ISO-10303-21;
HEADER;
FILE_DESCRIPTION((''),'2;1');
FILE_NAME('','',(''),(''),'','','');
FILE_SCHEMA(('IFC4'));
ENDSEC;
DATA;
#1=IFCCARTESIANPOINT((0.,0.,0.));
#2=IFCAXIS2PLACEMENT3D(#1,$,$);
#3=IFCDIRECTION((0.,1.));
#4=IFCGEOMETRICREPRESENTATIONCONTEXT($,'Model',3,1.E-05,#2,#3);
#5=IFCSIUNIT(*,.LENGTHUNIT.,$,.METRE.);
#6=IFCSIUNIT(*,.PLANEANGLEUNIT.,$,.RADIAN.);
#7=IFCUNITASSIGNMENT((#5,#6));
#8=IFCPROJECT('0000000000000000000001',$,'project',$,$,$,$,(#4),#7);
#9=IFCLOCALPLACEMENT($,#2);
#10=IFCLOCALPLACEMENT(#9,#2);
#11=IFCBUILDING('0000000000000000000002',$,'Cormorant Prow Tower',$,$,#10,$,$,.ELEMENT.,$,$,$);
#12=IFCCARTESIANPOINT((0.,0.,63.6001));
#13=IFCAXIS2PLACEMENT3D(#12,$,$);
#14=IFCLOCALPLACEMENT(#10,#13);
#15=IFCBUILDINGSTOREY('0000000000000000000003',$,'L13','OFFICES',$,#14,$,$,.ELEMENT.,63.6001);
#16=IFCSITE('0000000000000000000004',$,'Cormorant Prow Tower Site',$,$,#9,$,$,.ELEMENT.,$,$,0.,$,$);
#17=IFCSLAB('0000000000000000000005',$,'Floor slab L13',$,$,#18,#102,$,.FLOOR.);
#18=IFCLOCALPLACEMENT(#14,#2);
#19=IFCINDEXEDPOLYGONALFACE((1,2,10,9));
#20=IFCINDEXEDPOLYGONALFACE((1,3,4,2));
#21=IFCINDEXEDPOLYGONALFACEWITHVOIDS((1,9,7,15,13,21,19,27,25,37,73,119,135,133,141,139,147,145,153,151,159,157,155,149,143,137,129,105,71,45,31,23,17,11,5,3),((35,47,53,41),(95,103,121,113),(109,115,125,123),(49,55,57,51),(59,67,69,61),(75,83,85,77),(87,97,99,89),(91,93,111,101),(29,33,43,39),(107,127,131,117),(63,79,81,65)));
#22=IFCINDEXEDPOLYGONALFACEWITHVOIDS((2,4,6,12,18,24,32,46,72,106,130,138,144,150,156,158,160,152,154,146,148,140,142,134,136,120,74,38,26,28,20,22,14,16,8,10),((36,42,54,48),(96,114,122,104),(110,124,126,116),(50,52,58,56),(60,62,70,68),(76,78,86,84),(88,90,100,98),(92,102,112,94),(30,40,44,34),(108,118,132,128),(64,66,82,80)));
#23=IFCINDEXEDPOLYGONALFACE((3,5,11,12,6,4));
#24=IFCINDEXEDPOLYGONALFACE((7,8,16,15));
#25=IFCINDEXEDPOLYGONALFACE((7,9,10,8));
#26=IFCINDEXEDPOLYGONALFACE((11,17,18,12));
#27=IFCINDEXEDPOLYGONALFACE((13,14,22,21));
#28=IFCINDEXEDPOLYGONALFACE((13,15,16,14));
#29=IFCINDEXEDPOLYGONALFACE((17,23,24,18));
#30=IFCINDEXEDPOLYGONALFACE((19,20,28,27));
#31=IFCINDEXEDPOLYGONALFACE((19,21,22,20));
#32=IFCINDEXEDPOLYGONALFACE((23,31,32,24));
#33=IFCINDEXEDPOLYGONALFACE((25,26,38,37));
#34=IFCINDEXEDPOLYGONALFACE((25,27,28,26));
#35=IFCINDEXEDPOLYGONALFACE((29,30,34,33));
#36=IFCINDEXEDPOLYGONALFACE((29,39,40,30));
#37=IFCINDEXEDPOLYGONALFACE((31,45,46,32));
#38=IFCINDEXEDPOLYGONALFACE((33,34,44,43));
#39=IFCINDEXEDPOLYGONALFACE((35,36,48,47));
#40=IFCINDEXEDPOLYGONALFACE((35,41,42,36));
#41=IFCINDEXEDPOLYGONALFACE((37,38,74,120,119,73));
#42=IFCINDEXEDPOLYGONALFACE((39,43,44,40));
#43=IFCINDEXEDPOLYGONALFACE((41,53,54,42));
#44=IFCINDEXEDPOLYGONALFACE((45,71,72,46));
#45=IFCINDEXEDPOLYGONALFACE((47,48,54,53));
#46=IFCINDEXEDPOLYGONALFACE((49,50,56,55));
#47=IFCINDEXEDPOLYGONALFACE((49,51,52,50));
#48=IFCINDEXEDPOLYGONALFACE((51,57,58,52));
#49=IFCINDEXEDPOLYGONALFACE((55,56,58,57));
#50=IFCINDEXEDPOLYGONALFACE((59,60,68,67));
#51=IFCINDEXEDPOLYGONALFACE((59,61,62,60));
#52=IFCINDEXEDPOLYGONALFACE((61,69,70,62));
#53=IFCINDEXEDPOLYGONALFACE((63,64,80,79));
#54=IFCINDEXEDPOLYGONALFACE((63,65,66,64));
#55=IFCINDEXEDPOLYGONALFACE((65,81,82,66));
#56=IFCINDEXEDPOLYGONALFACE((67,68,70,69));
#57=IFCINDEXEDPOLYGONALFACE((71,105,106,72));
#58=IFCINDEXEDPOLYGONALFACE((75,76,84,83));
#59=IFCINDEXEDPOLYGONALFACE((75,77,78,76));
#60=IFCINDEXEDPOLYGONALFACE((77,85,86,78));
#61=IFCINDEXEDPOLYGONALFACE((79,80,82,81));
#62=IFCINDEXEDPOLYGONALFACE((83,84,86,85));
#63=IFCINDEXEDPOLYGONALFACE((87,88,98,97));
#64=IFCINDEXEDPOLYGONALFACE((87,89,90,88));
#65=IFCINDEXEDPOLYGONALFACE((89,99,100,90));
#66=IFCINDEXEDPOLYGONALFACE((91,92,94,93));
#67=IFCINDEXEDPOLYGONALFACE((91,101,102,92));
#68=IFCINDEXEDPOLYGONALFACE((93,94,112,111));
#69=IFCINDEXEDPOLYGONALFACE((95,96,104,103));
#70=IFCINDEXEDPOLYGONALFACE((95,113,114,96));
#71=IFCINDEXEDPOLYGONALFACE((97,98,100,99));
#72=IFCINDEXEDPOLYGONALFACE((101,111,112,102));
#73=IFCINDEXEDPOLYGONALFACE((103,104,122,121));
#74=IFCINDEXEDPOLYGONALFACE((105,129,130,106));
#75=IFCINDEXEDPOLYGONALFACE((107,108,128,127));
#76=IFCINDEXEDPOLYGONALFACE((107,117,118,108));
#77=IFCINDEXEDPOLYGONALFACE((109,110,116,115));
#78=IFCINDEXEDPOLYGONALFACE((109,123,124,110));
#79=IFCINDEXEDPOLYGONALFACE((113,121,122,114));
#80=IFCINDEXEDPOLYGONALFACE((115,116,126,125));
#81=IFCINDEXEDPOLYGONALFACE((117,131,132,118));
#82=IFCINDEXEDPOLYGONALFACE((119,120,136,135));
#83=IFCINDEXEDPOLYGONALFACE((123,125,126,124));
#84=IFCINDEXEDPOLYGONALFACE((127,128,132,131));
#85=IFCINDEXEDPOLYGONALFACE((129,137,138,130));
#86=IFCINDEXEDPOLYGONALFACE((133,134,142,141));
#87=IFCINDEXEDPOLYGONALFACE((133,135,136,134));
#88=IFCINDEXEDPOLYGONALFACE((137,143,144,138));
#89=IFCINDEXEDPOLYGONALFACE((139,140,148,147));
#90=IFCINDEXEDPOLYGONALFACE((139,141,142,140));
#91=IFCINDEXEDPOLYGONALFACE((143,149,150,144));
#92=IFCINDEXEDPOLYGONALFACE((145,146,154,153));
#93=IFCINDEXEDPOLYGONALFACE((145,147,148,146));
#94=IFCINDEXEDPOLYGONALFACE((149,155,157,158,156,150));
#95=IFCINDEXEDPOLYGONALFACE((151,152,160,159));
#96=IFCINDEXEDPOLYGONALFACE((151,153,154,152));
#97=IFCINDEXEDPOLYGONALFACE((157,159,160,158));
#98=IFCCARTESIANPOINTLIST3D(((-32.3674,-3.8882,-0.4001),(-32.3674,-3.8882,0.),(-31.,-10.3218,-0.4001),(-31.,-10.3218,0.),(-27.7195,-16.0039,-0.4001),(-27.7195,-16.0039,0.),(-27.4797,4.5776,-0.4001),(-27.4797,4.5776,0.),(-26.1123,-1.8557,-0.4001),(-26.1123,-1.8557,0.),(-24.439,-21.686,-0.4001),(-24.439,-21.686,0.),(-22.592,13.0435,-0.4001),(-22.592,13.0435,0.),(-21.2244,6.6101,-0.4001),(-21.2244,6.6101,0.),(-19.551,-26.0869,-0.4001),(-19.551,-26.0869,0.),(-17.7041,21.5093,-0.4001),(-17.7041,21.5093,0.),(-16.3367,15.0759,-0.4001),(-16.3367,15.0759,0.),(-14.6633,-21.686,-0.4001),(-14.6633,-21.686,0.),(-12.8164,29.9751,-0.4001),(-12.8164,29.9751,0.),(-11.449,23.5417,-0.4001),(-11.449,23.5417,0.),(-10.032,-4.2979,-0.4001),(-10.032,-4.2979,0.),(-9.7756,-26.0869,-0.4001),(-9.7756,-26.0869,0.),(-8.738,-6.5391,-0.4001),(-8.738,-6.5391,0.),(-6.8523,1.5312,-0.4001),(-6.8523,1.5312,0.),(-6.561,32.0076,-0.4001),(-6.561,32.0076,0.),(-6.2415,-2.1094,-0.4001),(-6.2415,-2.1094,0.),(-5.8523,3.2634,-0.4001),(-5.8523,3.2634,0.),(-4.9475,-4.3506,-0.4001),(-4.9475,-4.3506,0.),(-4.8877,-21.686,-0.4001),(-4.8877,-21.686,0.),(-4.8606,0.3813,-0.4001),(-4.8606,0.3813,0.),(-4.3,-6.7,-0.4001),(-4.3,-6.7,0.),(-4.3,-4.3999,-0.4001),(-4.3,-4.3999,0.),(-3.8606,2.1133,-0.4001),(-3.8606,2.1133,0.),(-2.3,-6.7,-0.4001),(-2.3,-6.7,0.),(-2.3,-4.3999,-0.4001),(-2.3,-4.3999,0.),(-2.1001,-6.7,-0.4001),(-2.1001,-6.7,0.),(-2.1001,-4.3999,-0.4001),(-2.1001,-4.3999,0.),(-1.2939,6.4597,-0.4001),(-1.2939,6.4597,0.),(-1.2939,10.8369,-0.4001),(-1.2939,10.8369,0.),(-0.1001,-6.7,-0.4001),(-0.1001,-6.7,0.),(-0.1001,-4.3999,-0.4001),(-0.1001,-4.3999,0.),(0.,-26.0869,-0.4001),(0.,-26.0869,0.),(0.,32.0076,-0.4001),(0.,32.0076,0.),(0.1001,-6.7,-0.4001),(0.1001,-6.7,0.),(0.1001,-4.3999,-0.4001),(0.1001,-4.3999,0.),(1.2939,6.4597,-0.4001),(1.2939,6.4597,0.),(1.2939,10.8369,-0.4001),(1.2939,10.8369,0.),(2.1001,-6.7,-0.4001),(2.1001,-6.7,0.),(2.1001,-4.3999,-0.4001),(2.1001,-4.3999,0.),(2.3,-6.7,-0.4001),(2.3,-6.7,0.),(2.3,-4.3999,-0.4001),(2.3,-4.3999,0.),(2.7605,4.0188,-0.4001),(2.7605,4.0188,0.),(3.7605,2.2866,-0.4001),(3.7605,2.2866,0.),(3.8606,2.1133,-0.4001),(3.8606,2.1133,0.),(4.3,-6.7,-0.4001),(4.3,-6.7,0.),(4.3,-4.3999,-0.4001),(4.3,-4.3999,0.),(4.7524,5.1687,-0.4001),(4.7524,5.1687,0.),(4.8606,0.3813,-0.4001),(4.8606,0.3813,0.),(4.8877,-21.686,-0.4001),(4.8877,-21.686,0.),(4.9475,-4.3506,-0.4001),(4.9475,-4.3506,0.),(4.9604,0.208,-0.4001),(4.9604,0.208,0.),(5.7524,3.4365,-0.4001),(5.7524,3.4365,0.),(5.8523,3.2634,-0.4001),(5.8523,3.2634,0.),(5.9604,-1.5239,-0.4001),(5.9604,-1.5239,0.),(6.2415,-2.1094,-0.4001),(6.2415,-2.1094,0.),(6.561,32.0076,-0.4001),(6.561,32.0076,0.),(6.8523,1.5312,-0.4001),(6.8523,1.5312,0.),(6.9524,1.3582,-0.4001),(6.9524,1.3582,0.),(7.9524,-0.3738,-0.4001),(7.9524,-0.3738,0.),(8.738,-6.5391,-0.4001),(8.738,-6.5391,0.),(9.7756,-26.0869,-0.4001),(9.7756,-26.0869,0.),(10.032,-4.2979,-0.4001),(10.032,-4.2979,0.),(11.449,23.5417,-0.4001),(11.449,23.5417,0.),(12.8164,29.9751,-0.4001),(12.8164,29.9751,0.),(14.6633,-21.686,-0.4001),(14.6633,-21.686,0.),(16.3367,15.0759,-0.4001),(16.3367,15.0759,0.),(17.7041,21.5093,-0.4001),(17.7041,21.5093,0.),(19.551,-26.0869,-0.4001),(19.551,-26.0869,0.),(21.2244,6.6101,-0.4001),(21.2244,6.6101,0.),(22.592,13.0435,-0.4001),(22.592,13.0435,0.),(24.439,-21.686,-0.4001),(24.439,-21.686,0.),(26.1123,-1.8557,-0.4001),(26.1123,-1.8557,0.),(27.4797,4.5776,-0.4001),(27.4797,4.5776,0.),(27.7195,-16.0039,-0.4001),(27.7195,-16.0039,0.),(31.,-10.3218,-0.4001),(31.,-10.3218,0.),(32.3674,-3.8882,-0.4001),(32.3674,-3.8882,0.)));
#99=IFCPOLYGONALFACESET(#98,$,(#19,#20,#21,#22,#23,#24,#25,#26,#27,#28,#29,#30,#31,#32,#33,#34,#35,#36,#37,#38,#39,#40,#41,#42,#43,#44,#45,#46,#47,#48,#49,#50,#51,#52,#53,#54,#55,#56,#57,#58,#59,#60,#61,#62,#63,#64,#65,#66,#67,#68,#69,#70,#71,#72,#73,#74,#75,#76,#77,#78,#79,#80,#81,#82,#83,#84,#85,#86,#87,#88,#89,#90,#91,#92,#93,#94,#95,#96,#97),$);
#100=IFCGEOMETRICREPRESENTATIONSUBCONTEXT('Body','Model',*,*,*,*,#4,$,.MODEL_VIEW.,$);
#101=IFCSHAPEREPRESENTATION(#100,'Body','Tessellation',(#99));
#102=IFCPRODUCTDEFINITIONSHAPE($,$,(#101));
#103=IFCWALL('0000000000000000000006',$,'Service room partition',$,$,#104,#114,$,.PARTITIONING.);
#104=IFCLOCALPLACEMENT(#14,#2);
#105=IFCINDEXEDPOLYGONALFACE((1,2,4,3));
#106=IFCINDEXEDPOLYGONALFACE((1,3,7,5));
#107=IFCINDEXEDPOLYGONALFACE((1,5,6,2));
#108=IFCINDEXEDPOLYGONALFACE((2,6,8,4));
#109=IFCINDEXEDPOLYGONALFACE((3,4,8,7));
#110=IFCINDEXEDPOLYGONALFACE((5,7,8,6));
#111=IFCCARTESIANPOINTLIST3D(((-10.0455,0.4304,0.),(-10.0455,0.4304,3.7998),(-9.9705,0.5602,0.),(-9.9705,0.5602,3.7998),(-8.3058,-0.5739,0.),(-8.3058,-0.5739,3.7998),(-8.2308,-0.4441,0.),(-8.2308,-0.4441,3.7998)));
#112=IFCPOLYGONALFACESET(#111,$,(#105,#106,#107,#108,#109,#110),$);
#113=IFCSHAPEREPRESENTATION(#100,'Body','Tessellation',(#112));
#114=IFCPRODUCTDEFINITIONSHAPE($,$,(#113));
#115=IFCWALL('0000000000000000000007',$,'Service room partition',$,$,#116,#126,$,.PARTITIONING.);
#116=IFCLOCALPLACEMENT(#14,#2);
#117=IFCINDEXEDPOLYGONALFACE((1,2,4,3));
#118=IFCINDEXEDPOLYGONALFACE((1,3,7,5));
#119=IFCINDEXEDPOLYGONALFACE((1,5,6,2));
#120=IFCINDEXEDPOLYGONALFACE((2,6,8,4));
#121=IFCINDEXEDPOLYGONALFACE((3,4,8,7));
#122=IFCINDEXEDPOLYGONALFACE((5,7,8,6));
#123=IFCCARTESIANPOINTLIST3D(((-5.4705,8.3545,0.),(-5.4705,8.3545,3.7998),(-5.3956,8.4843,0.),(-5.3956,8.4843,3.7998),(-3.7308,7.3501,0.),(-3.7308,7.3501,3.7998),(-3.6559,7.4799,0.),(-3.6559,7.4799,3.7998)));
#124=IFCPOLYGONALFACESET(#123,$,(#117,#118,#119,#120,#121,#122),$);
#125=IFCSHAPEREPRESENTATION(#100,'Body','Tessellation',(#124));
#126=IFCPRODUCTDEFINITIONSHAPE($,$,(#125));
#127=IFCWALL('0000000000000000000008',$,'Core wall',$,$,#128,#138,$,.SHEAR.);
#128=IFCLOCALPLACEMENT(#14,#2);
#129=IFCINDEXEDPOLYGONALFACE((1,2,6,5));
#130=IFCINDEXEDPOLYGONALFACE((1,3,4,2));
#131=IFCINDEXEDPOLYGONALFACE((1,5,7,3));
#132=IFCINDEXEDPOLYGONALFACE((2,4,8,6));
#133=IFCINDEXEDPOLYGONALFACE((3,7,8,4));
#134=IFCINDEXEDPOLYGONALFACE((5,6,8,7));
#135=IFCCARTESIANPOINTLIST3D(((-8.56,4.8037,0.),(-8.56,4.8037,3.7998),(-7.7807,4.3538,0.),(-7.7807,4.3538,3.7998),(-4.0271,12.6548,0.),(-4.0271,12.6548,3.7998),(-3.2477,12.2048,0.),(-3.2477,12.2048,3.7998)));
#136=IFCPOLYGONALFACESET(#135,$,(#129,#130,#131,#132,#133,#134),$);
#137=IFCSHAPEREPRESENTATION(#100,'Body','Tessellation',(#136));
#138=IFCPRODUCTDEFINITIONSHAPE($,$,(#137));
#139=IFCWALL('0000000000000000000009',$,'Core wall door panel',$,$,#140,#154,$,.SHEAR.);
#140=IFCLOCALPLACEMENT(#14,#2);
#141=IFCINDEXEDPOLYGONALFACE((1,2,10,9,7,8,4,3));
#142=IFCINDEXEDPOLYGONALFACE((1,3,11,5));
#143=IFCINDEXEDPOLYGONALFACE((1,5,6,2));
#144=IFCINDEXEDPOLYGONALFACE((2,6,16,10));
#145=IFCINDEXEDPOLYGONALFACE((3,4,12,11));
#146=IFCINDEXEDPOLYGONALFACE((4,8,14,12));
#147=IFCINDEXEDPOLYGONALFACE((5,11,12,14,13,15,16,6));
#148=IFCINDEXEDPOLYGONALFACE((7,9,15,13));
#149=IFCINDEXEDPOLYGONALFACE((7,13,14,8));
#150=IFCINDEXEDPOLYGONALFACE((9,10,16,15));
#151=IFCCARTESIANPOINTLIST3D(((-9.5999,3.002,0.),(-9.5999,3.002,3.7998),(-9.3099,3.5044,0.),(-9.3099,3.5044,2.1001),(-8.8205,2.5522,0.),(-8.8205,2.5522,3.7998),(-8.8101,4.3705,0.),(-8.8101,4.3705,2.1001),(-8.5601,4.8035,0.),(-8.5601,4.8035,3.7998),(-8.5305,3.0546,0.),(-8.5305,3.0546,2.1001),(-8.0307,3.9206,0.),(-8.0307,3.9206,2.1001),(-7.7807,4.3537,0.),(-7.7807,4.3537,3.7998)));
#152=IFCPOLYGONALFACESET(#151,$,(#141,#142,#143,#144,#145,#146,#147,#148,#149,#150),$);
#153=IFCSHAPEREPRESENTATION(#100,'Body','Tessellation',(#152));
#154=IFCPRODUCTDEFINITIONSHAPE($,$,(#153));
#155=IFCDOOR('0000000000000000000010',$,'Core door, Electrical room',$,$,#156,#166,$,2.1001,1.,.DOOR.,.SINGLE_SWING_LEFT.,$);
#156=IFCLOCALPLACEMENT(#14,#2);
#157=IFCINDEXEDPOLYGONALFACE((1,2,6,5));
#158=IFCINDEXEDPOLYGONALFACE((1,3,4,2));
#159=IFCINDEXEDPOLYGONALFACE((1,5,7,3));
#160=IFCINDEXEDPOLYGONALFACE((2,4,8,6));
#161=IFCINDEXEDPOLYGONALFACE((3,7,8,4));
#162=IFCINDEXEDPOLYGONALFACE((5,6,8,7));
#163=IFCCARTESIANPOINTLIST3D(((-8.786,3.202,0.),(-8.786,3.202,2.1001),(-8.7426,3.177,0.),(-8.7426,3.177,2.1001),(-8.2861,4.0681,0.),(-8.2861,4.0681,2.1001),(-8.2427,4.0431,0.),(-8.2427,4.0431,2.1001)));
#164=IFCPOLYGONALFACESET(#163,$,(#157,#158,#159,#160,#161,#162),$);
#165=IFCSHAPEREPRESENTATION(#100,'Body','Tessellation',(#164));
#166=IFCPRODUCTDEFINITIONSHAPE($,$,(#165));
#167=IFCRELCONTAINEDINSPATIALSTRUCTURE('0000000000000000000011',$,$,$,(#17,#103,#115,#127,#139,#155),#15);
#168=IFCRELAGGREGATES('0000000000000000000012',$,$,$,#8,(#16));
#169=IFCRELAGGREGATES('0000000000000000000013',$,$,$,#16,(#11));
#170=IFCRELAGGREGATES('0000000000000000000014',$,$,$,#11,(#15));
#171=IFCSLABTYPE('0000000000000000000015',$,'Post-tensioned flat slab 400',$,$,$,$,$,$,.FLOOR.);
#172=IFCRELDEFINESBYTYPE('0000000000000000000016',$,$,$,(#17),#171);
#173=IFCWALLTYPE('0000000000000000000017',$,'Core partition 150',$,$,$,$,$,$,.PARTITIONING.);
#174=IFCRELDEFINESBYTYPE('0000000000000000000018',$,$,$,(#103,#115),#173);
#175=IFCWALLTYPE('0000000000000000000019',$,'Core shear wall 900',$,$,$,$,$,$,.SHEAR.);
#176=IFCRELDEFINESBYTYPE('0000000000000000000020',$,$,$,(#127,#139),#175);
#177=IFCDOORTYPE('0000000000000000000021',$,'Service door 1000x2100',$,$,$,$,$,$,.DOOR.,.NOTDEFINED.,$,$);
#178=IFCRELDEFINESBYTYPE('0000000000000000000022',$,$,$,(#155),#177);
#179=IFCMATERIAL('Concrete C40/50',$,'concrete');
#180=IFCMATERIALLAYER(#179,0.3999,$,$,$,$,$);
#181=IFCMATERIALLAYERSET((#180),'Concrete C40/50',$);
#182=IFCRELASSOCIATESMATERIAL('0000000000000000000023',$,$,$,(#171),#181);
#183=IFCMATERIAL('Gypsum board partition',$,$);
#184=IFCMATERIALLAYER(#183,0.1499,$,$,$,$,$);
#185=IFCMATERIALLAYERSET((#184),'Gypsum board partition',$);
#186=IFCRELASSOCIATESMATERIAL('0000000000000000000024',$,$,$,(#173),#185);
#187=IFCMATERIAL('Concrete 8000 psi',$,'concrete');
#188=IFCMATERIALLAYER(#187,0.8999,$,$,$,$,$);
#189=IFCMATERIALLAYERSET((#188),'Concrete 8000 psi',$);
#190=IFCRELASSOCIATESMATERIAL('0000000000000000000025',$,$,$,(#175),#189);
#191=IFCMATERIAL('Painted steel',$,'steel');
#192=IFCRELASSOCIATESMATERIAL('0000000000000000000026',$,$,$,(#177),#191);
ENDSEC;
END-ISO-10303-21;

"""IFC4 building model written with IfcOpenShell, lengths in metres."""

from ifc_helpers import new_model, si_unit, direction, frame, frame_2d, origin, place, context, subcontext, project, spatial, polyline, rectangle, outline, extrude, material, layer, layer_set, type_object, element, fill, save


model = new_model("IFC4")

# Units and contexts
model_context = context("Model", 3, precision=1e-05, world=origin(), true_north=direction((0.0, 1.0)))
body_context = subcontext(model_context, "Body", "Model", "MODEL_VIEW")
ifc_project = project(units=[si_unit("LENGTHUNIT", "METRE"), si_unit("PLANEANGLEUNIT", "RADIAN")], contexts=[model_context])

# Site, building, storey
site_placement = place(None, origin())
site = spatial("IfcSite", under=ifc_project, at=site_placement, Name="Cormorant Prow Tower Site", CompositionType="ELEMENT", RefElevation=0.0)
building_placement = place(site_placement, origin())
building = spatial("IfcBuilding", under=site, at=building_placement, Name="Cormorant Prow Tower", CompositionType="ELEMENT")
storey_placement = place(building_placement, frame((0.0, 0.0, 63.6001)))
storey = spatial("IfcBuildingStorey", under=building, at=storey_placement, Name="L13", Description="OFFICES", CompositionType="ELEMENT", Elevation=63.6001)

# Slab
ifc_material_1 = material(Name="Concrete C40/50", Category="concrete")
ifc_layer_1 = layer(ifc_material_1, 0.3999)
ifc_layer_set_1 = layer_set([ifc_layer_1], Name="Concrete C40/50")
slab_type_1 = type_object("IfcSlabType", Name="Post-tensioned flat slab 400", PredefinedType="FLOOR", material=ifc_layer_set_1)
slab_1_placement = place(storey_placement, frame((0.0, 0.0, -0.4001)))
element("IfcSlab", 1, at=slab_1_placement, inside=storey, type_object=slab_type_1, Name="Floor slab L13", PredefinedType="FLOOR", context=body_context, shape_type="SweptSolid", body=[
    extrude(outline(polyline([(-12.8164, 29.9751), (-11.449, 23.5417), (-17.7041, 21.5093), (-16.3367, 15.0759), (-22.592, 13.0435), (-21.2244, 6.6101), (-27.4797, 4.5776), (-26.1123, -1.8557), (-32.3674, -3.8882), (-31.0, -10.3218), (-27.7195, -16.0039), (-24.439, -21.686), (-19.551, -26.0869), (-14.6633, -21.686), (-9.7756, -26.0869), (-4.8877, -21.686), (0.0, -26.0869), (4.8877, -21.686), (9.7756, -26.0869), (14.6633, -21.686), (19.551, -26.0869), (24.439, -21.686), (27.7195, -16.0039), (31.0, -10.3218), (32.3674, -3.8882), (26.1123, -1.8557), (27.4797, 4.5776), (21.2244, 6.6101), (22.592, 13.0435), (16.3367, 15.0759), (17.7041, 21.5093), (11.449, 23.5417), (12.8164, 29.9751), (6.561, 32.0076), (0.0, 32.0076), (-6.561, 32.0076), (-12.8164, 29.9751)]), holes=[polyline([(-4.3, -6.7), (-4.3, -4.3999), (-2.3, -4.3999), (-2.3, -6.7), (-4.3, -6.7)]), polyline([(-2.1001, -4.3999), (-0.1001, -4.3999), (-0.1001, -6.7), (-2.1001, -6.7), (-2.1001, -4.3999)]), polyline([(2.1001, -4.3999), (2.1001, -6.7), (0.1001, -6.7), (0.1001, -4.3999), (2.1001, -4.3999)]), polyline([(4.3, -6.7), (2.3, -6.7), (2.3, -4.3999), (4.3, -4.3999), (4.3, -6.7)]), polyline([(7.9524, -0.3738), (5.9604, -1.5239), (4.9604, 0.208), (6.9524, 1.3582), (7.9524, -0.3738)]), polyline([(4.8606, 0.3813), (3.8606, 2.1133), (5.8523, 3.2634), (6.8523, 1.5312), (4.8606, 0.3813)]), polyline([(2.7605, 4.0188), (4.7524, 5.1687), (5.7524, 3.4365), (3.7605, 2.2866), (2.7605, 4.0188)]), polyline([(-6.8523, 1.5312), (-5.8523, 3.2634), (-3.8606, 2.1133), (-4.8606, 0.3813), (-6.8523, 1.5312)]), polyline([(-4.9475, -4.3506), (-8.738, -6.5391), (-10.032, -4.2979), (-6.2415, -2.1094), (-4.9475, -4.3506)]), polyline([(10.032, -4.2979), (8.738, -6.5391), (4.9475, -4.3506), (6.2415, -2.1094), (10.032, -4.2979)]), polyline([(1.2939, 10.8369), (1.2939, 6.4597), (-1.2939, 6.4597), (-1.2939, 10.8369), (1.2939, 10.8369)])]), origin(), (0.0, 0.0, 1.0), 0.4001),
])

# Walls
ifc_material_2 = material(Name="Gypsum board partition")
ifc_layer_2 = layer(ifc_material_2, 0.1499)
ifc_layer_set_2 = layer_set([ifc_layer_2], Name="Gypsum board partition")
wall_type_1 = type_object("IfcWallType", Name="Core partition 150", PredefinedType="PARTITIONING", material=ifc_layer_set_2)
for number, where, z_axis, x_axis, name in (
    (2, (-8.2683, -0.509, 0.0), (0.0, 0.0, 1.0), (-0.866036, 0.499982, 0.0), "Service room partition"),
    (3, (-3.6934, 7.415, 0.0), (0.0, 0.0, 1.0), (-0.866036, 0.499982, 0.0), "Service room partition"),
):
    element("IfcWall", number, at=place(storey_placement, frame(where, z_axis=z_axis, x_axis=x_axis)), inside=storey, type_object=wall_type_1, Name=name, PredefinedType="PARTITIONING", context=body_context, shape_type="SweptSolid", body=[
        extrude(rectangle(XDim=2.0088, YDim=0.1499, at=frame_2d((1.0044, 0.0))), origin(), (0.0, 0.0, 1.0), 3.7998),
    ])
ifc_material_3 = material(Name="Concrete 8000 psi", Category="concrete")
ifc_layer_3 = layer(ifc_material_3, 0.8999)
ifc_layer_set_3 = layer_set([ifc_layer_3], Name="Concrete 8000 psi")
wall_type_2 = type_object("IfcWallType", Name="Core shear wall 900", PredefinedType="SHEAR", material=ifc_layer_set_3)
wall_1_placement = place(storey_placement, frame((-3.6375, 12.4297, 0.0), z_axis=(0.0, 0.0, 1.0), x_axis=(-0.500012, -0.866019, 0.0)))
element("IfcWall", 4, at=wall_1_placement, inside=storey, type_object=wall_type_2, Name="Core wall", PredefinedType="SHEAR", context=body_context, shape_type="SweptSolid", body=[
    extrude(rectangle(XDim=9.0657, YDim=0.8999, at=frame_2d((4.5327, 0.0))), origin(), (0.0, 0.0, 1.0), 3.7998),
])

# Wall, opening, door
wall_2_placement = place(storey_placement, frame((-8.1704, 4.5786, 0.0), z_axis=(0.0, 0.0, 1.0), x_axis=(-0.499888, -0.86609, 0.0)))
wall_2 = element("IfcWall", 5, at=wall_2_placement, inside=storey, type_object=wall_type_2, Name="Core wall door panel", PredefinedType="SHEAR", context=body_context, shape_type="SweptSolid", body=[
    extrude(rectangle(XDim=2.0801, YDim=0.8999, at=frame_2d((1.04, 0.0))), origin(), (0.0, 0.0, 1.0), 3.7998),
])
opening_1_placement = place(wall_2_placement, frame((0.5, 0.0, 0.0)))
opening_1 = element("IfcOpeningElement", 6, at=opening_1_placement, cuts=wall_2, PredefinedType="OPENING", context=body_context, shape_type="SweptSolid", body=[
    extrude(rectangle(XDim=1.0, YDim=2.1001, at=frame_2d((0.5, 1.05))), frame((0.0, 0.46, 0.0), z_axis=(0.0, -1.0, 0.0), x_axis=(1.0, 0.0, 0.0)), (0.0, 0.0, 1.0), 0.9199),
])
ifc_material_4 = material(Name="Painted steel", Category="steel")
door_type_1 = type_object("IfcDoorType", Name="Service door 1000x2100", OperationType="NOTDEFINED", PredefinedType="DOOR", material=ifc_material_4)
door_1_placement = place(opening_1_placement, origin())
door_1 = element("IfcDoor", 7, at=door_1_placement, inside=storey, type_object=door_type_1, Name="Core door, Electrical room", OperationType="SINGLE_SWING_LEFT", OverallHeight=2.1001, OverallWidth=1.0, PredefinedType="DOOR", context=body_context, shape_type="SweptSolid", body=[
    extrude(rectangle(XDim=1.0, YDim=2.1001, at=frame_2d((0.5, 1.05))), frame((0.0, 0.2051, 0.0), z_axis=(0.0, -1.0, 0.0), x_axis=(1.0, 0.0, 0.0)), (0.0, 0.0, 1.0), 0.05),
])
fill(opening_1, door_1)

save(model, "model.ifc")
